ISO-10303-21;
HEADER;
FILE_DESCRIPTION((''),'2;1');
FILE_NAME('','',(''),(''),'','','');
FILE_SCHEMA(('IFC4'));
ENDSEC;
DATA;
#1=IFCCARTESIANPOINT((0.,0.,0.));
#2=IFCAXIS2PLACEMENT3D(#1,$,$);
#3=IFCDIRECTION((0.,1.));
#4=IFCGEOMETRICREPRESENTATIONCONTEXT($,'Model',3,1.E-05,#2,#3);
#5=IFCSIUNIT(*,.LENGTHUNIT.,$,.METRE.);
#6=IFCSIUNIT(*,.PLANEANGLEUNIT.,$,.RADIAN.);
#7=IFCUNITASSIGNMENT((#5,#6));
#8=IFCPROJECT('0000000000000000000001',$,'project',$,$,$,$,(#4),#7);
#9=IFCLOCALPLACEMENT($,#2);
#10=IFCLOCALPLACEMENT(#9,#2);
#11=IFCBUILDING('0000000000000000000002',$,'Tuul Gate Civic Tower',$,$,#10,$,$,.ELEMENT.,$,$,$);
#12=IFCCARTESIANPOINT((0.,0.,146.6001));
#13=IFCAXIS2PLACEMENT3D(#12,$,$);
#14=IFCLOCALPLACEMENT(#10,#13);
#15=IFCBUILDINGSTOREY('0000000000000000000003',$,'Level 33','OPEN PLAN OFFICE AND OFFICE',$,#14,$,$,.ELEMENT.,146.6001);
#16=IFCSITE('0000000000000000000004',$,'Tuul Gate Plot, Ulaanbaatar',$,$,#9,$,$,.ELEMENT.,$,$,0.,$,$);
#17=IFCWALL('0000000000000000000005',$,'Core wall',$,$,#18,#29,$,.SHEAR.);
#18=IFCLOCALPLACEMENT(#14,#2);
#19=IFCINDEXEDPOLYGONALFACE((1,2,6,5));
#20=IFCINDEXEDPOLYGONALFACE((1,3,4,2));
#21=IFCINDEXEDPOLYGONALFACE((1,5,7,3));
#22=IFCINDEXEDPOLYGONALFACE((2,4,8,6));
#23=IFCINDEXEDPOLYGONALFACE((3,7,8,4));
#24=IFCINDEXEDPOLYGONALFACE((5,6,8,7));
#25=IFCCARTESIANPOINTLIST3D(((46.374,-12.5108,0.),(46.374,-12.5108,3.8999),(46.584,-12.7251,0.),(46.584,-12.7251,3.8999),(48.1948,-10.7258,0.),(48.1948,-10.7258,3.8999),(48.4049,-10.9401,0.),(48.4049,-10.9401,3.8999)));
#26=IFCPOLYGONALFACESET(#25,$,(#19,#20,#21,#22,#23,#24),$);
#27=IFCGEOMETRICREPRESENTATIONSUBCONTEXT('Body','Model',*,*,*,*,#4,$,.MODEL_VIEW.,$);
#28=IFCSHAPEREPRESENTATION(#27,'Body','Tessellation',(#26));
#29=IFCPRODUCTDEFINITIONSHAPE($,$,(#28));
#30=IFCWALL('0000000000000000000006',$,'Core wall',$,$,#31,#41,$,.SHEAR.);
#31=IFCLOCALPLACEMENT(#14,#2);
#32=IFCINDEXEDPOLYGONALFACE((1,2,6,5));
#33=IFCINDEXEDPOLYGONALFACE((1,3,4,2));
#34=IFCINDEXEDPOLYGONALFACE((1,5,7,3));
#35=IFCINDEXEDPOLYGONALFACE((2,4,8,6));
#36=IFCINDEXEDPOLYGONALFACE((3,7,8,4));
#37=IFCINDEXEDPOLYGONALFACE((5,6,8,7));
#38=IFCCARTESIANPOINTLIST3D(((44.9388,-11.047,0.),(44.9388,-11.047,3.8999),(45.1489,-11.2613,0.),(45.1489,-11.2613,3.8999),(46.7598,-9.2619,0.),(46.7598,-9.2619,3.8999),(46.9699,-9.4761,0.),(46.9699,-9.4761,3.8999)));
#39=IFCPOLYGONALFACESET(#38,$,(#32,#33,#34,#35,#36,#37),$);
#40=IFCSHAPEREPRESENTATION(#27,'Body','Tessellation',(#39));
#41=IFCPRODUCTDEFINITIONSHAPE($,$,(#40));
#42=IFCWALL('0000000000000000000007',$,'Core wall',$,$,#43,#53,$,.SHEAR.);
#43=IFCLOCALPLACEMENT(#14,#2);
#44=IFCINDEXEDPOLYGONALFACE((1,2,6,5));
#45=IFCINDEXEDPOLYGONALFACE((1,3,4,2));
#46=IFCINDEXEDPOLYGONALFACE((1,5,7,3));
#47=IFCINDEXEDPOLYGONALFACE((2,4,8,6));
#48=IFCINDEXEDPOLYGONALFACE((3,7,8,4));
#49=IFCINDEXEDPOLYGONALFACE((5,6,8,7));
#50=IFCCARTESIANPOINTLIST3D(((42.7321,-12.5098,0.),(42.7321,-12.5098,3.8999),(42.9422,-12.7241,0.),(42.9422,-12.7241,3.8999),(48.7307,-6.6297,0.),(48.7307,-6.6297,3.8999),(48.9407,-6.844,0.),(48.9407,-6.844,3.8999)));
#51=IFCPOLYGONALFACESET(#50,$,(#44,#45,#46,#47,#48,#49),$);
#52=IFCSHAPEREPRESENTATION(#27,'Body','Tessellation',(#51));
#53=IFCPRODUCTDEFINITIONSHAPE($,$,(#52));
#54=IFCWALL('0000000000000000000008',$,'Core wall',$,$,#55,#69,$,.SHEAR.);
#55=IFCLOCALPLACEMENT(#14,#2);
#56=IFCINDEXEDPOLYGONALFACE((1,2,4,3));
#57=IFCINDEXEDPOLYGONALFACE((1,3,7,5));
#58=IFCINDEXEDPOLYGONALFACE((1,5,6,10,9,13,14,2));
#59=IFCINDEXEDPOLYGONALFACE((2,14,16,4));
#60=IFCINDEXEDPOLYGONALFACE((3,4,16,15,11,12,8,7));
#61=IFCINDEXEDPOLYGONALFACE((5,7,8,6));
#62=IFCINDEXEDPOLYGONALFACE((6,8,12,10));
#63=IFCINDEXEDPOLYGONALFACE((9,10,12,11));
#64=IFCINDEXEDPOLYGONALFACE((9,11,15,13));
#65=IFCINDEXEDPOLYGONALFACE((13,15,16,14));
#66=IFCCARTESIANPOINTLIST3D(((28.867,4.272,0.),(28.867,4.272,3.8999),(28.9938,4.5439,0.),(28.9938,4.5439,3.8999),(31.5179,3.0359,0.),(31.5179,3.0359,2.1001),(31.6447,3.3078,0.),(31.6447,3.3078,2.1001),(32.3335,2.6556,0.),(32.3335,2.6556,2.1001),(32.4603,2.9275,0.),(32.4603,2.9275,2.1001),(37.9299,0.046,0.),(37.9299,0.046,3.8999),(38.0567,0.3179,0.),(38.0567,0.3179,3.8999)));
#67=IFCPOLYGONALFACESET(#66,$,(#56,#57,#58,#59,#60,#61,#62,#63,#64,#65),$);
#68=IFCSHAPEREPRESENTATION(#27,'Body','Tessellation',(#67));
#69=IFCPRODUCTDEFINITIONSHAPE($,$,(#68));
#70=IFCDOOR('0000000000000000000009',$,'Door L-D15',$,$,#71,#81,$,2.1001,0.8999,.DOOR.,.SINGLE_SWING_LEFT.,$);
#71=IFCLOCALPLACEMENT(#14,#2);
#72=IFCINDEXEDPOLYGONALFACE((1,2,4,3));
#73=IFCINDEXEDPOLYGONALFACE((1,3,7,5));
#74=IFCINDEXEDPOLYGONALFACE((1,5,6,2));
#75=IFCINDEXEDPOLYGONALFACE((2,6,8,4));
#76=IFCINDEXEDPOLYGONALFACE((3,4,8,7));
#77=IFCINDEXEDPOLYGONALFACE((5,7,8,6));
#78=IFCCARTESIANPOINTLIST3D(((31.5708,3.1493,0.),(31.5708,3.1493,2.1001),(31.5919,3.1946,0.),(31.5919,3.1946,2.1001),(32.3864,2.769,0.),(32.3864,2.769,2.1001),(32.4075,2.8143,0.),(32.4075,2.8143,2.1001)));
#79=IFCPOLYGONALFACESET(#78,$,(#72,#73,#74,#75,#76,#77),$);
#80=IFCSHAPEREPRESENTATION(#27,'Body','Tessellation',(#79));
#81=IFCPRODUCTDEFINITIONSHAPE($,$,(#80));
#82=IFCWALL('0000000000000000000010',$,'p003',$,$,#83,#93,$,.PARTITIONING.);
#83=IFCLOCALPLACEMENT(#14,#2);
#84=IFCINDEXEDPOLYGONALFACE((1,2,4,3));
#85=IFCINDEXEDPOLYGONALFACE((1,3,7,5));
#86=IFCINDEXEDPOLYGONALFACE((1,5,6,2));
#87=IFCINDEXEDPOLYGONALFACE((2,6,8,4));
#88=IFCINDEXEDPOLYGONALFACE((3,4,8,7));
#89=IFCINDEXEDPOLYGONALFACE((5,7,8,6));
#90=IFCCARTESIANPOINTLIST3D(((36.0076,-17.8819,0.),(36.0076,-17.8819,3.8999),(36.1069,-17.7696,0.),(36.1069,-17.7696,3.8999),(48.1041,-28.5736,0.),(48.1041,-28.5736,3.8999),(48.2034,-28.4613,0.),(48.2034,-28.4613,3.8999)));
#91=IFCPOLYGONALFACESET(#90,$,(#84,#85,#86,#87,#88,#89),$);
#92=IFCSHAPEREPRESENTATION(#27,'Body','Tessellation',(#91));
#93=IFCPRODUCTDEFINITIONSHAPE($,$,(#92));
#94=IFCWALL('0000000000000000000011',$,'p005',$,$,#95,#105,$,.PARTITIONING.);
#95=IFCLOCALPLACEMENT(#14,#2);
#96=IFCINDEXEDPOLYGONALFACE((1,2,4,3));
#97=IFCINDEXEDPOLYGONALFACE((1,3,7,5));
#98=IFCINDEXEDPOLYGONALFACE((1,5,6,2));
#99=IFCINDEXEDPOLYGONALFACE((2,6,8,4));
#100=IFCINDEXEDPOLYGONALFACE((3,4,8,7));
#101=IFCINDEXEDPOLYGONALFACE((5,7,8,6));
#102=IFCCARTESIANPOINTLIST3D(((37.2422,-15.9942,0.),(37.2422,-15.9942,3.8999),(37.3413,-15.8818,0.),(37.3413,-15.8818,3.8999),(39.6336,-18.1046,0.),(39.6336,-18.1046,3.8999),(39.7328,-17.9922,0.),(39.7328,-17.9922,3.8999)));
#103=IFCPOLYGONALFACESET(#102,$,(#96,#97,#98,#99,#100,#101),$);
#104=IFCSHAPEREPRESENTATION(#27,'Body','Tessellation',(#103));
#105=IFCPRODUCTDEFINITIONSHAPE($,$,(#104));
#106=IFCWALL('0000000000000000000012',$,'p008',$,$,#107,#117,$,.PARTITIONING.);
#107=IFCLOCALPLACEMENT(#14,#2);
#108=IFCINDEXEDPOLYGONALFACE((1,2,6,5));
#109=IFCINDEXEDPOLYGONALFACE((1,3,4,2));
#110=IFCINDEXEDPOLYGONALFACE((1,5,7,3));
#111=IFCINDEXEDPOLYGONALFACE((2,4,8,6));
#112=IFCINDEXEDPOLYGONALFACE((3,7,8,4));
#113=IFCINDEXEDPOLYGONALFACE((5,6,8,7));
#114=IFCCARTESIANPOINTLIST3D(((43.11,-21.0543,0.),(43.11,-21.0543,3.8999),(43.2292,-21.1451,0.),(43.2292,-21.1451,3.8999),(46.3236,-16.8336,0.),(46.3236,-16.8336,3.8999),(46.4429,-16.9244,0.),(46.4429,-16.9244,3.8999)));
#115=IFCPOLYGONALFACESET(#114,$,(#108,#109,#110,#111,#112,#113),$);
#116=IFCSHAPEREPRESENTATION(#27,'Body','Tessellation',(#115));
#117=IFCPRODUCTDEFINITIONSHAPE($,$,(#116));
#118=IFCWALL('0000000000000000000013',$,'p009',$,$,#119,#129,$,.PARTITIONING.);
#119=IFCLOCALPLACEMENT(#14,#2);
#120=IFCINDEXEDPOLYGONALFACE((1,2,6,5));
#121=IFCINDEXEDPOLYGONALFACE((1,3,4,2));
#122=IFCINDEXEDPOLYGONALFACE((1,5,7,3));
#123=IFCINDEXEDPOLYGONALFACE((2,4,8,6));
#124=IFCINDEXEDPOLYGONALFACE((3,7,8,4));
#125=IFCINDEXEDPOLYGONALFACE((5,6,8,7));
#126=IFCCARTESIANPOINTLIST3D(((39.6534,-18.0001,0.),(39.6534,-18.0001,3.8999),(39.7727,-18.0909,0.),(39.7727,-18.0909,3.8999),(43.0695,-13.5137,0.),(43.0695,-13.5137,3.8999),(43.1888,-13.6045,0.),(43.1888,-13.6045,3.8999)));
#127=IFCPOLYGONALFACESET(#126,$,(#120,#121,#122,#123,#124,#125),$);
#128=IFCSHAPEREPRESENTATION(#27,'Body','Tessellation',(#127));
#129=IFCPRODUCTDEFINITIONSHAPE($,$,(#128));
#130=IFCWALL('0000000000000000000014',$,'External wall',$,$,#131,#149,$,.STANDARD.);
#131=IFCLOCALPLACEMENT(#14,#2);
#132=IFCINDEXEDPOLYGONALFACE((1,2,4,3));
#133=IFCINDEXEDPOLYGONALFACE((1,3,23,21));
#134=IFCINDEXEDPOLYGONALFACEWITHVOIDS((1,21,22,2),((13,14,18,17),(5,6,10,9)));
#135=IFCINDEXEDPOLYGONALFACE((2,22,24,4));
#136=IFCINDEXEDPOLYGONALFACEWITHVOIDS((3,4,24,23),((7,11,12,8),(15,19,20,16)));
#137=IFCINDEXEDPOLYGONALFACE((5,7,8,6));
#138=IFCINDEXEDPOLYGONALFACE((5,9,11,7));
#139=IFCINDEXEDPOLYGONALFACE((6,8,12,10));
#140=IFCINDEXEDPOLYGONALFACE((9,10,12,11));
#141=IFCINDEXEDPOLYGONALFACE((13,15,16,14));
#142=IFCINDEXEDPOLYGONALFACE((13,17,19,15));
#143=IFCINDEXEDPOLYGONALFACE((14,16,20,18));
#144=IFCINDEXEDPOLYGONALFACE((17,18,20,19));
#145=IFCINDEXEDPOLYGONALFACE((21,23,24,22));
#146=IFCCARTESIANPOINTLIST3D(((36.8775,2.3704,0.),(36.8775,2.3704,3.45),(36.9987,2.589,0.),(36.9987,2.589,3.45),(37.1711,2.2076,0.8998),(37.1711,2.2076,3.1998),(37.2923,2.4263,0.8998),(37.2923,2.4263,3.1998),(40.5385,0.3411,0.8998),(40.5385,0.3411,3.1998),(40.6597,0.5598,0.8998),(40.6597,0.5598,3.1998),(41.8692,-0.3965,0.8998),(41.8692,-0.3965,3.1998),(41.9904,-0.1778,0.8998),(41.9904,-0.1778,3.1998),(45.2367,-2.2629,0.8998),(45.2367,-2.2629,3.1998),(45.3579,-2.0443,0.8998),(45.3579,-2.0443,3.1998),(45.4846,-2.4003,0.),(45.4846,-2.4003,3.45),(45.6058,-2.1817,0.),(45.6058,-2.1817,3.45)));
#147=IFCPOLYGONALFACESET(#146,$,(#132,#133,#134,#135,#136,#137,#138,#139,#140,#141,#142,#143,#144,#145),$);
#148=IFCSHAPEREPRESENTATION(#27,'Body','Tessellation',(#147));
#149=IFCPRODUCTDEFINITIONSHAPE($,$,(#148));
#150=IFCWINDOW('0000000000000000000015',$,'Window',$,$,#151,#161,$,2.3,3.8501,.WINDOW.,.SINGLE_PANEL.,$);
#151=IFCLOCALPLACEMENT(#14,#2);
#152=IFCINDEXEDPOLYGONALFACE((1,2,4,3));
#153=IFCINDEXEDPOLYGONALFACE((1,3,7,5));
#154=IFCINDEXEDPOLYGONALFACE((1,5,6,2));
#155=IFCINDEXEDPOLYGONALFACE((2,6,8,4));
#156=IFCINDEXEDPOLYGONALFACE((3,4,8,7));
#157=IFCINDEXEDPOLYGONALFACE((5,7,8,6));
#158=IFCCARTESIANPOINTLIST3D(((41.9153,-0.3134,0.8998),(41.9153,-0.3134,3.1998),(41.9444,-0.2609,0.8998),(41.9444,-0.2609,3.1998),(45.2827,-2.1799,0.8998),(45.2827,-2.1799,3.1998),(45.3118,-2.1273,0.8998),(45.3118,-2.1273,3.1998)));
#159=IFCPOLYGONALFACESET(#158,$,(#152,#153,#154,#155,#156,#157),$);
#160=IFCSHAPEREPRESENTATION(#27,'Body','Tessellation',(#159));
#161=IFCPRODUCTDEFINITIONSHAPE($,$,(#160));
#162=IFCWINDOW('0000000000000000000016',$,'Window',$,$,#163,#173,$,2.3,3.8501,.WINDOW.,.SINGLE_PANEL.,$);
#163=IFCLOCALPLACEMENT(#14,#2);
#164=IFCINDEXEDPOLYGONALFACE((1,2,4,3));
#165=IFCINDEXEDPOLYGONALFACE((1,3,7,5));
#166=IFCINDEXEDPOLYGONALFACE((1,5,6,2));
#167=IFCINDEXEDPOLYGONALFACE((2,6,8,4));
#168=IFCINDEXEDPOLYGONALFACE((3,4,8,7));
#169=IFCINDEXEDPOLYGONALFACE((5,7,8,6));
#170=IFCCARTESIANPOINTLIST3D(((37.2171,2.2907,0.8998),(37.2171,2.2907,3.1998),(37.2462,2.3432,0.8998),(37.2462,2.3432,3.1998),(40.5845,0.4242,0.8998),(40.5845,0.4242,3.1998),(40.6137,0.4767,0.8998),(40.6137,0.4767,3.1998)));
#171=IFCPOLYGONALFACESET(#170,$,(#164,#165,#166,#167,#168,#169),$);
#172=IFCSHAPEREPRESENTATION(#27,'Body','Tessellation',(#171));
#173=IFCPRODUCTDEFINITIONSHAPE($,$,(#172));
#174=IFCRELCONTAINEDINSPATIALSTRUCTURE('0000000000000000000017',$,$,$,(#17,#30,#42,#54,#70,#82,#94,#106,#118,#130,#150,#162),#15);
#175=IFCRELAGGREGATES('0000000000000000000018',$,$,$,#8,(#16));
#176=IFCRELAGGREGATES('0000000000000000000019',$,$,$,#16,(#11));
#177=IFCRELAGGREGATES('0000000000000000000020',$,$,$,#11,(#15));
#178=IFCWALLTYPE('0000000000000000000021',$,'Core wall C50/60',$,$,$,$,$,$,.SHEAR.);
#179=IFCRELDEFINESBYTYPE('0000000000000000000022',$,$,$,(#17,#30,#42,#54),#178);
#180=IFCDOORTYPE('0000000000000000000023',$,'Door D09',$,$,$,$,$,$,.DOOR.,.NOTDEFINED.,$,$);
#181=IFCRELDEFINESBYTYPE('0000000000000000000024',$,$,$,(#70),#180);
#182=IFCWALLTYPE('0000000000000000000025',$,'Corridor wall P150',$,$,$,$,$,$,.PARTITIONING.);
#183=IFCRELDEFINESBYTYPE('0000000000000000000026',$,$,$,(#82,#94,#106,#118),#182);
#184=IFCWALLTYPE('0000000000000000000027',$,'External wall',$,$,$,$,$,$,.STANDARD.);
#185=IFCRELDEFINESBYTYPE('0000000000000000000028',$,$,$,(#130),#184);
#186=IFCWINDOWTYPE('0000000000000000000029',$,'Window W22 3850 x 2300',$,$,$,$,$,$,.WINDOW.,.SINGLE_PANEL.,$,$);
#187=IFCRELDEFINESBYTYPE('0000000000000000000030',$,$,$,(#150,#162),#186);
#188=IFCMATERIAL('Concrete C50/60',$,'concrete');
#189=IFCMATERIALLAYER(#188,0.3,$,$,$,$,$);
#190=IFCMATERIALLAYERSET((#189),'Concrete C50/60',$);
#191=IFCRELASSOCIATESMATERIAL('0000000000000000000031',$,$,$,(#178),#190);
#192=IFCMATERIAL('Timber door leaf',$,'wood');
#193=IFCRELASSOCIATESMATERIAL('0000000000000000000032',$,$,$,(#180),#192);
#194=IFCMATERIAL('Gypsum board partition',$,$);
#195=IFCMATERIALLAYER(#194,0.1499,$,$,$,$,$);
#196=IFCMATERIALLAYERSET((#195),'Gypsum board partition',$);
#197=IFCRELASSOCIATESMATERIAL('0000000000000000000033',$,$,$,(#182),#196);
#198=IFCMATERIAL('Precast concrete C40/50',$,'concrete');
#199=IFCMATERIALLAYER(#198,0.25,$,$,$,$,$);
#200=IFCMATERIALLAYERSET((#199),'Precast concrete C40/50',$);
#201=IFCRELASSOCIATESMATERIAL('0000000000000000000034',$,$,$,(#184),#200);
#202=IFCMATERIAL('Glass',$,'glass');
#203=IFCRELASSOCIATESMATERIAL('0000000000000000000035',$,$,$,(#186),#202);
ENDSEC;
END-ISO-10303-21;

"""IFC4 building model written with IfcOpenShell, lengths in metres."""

from ifc_helpers import new_model, si_unit, direction, frame, frame_2d, origin, place, context, subcontext, project, spatial, rectangle, extrude, material, layer, layer_set, type_object, element, fill, save


model = new_model("IFC4")

# Units and contexts
model_context = context("Model", 3, precision=1e-05, world=origin(), true_north=direction((0.0, 1.0)))
body_context = subcontext(model_context, "Body", "Model", "MODEL_VIEW")
ifc_project = project(units=[si_unit("LENGTHUNIT", "METRE"), si_unit("PLANEANGLEUNIT", "RADIAN")], contexts=[model_context])

# Site, building, storey
site_placement = place(None, origin())
site = spatial("IfcSite", under=ifc_project, at=site_placement, Name="Tuul Gate Plot, Ulaanbaatar", CompositionType="ELEMENT", RefElevation=0.0)
building_placement = place(site_placement, origin())
building = spatial("IfcBuilding", under=site, at=building_placement, Name="Tuul Gate Civic Tower", CompositionType="ELEMENT")
storey_placement = place(building_placement, frame((0.0, 0.0, 146.6001)))
storey = spatial("IfcBuildingStorey", under=building, at=storey_placement, Name="Level 33", Description="OPEN PLAN OFFICE AND OFFICE", CompositionType="ELEMENT", Elevation=146.6001)

# Shared definitions
ifc_material_1 = material(Name="Concrete C50/60", Category="concrete")
ifc_layer_1 = layer(ifc_material_1, 0.3)
ifc_layer_set_1 = layer_set([ifc_layer_1], Name="Concrete C50/60")
wall_type_1 = type_object("IfcWallType", Name="Core wall C50/60", PredefinedType="SHEAR", material=ifc_layer_set_1)

# Walls
wall_1_placement = place(storey_placement, frame((46.479, -12.6179, 0.0), z_axis=(0.0, 0.0, 1.0), x_axis=(0.714109, 0.700034, 0.0)))
element("IfcWall", 1, at=wall_1_placement, inside=storey, type_object=wall_type_1, Name="Core wall", PredefinedType="SHEAR", context=body_context, shape_type="SweptSolid", body=[
    extrude(rectangle(XDim=2.5498, YDim=0.3, at=frame_2d((1.2749, 0.0))), origin(), (0.0, 0.0, 1.0), 3.8999),
])
wall_2_placement = place(storey_placement, frame((45.0439, -11.1541, 0.0), z_axis=(0.0, 0.0, 1.0), x_axis=(0.714108, 0.700035, 0.0)))
element("IfcWall", 2, at=wall_2_placement, inside=storey, type_object=wall_type_1, Name="Core wall", PredefinedType="SHEAR", context=body_context, shape_type="SweptSolid", body=[
    extrude(rectangle(XDim=2.55, YDim=0.3, at=frame_2d((1.2749, 0.0))), origin(), (0.0, 0.0, 1.0), 3.8999),
])
wall_3_placement = place(storey_placement, frame((42.8372, -12.6169, 0.0), z_axis=(0.0, 0.0, 1.0), x_axis=(0.71412, 0.700023, 0.0)))
element("IfcWall", 3, at=wall_3_placement, inside=storey, type_object=wall_type_1, Name="Core wall", PredefinedType="SHEAR", context=body_context, shape_type="SweptSolid", body=[
    extrude(rectangle(XDim=8.3999, YDim=0.3, at=frame_2d((4.2, 0.0))), origin(), (0.0, 0.0, 1.0), 3.8999),
])

# Wall, opening, door
wall_4_placement = place(storey_placement, frame((37.9934, 0.1819, 0.0), z_axis=(0.0, 0.0, 1.0), x_axis=(-0.90631, 0.422613, 0.0)))
wall_4 = element("IfcWall", 4, at=wall_4_placement, inside=storey, type_object=wall_type_1, Name="Core wall", PredefinedType="SHEAR", context=body_context, shape_type="SweptSolid", body=[
    extrude(rectangle(XDim=9.9998, YDim=0.3, at=frame_2d((5.0, 0.0))), origin(), (0.0, 0.0, 1.0), 3.8999),
])
opening_1_placement = place(wall_4_placement, frame((6.175, 0.0, 0.0)))
opening_1 = element("IfcOpeningElement", 5, at=opening_1_placement, cuts=wall_4, PredefinedType="OPENING", context=body_context, shape_type="SweptSolid", body=[
    extrude(rectangle(XDim=0.8999, YDim=2.1001, at=frame_2d((0.45, 1.05))), frame((0.0, 0.1602, 0.0), z_axis=(0.0, -1.0, 0.0), x_axis=(1.0, 0.0, 0.0)), (0.0, 0.0, 1.0), 0.3201),
])
ifc_material_2 = material(Name="Timber door leaf", Category="wood")
door_type_1 = type_object("IfcDoorType", Name="Door D09", OperationType="NOTDEFINED", PredefinedType="DOOR", material=ifc_material_2)
door_1_placement = place(opening_1_placement, origin())
door_1 = element("IfcDoor", 6, at=door_1_placement, inside=storey, type_object=door_type_1, Name="Door L-D15", OperationType="SINGLE_SWING_LEFT", OverallHeight=2.1001, OverallWidth=0.8999, PredefinedType="DOOR", context=body_context, shape_type="SweptSolid", body=[
    extrude(rectangle(XDim=0.8999, YDim=2.1001, at=frame_2d((0.45, 1.05))), frame((0.0, 0.0249, 0.0), z_axis=(0.0, -1.0, 0.0), x_axis=(1.0, 0.0, 0.0)), (0.0, 0.0, 1.0), 0.05),
])
fill(opening_1, door_1)

# Walls
ifc_material_3 = material(Name="Gypsum board partition")
ifc_layer_2 = layer(ifc_material_3, 0.1499)
ifc_layer_set_2 = layer_set([ifc_layer_2], Name="Gypsum board partition")
wall_type_2 = type_object("IfcWallType", Name="Corridor wall P150", PredefinedType="PARTITIONING", material=ifc_layer_set_2)
wall_5_placement = place(storey_placement, frame((36.0571, -17.8257, 0.0), z_axis=(0.0, 0.0, 1.0), x_axis=(0.749274, -0.66226, 0.0)))
element("IfcWall", 7, at=wall_5_placement, inside=storey, type_object=wall_type_2, Name="p003", PredefinedType="PARTITIONING", context=body_context, shape_type="SweptSolid", body=[
    extrude(rectangle(XDim=16.1443, YDim=0.1499, at=frame_2d((8.0723, 0.0))), origin(), (0.0, 0.0, 1.0), 3.8999),
])
wall_6_placement = place(storey_placement, frame((37.2917, -15.938, 0.0), z_axis=(0.0, 0.0, 1.0), x_axis=(0.749786, -0.66168, 0.0)))
element("IfcWall", 8, at=wall_6_placement, inside=storey, type_object=wall_type_2, Name="p005", PredefinedType="PARTITIONING", context=body_context, shape_type="SweptSolid", body=[
    extrude(rectangle(XDim=3.1895, YDim=0.1499, at=frame_2d((1.5947, 0.0))), origin(), (0.0, 0.0, 1.0), 3.8999),
])
wall_7_placement = place(storey_placement, frame((43.1697, -21.0996, 0.0), z_axis=(0.0, 0.0, 1.0), x_axis=(0.605787, 0.795627, 0.0)))
element("IfcWall", 9, at=wall_7_placement, inside=storey, type_object=wall_type_2, Name="p008", PredefinedType="PARTITIONING", context=body_context, shape_type="SweptSolid", body=[
    extrude(rectangle(XDim=5.3049, YDim=0.1499, at=frame_2d((2.6523, 0.0))), origin(), (0.0, 0.0, 1.0), 3.8999),
])
wall_8_placement = place(storey_placement, frame((39.7131, -18.0454, 0.0), z_axis=(0.0, 0.0, 1.0), x_axis=(0.605803, 0.795615, 0.0)))
element("IfcWall", 10, at=wall_8_placement, inside=storey, type_object=wall_type_2, Name="p009", PredefinedType="PARTITIONING", context=body_context, shape_type="SweptSolid", body=[
    extrude(rectangle(XDim=5.6389, YDim=0.1499, at=frame_2d((2.8193, 0.0))), origin(), (0.0, 0.0, 1.0), 3.8999),
])

# Wall, openings, windows
ifc_material_4 = material(Name="Precast concrete C40/50", Category="concrete")
ifc_layer_3 = layer(ifc_material_4, 0.25)
ifc_layer_set_3 = layer_set([ifc_layer_3], Name="Precast concrete C40/50")
wall_type_3 = type_object("IfcWallType", Name="External wall", PredefinedType="STANDARD", material=ifc_layer_set_3)
wall_9_placement = place(storey_placement, frame((45.5452, -2.291, 0.0), z_axis=(0.0, 0.0, 1.0), x_axis=(-0.874632, 0.484787, 0.0)))
wall_9 = element("IfcWall", 11, at=wall_9_placement, inside=storey, type_object=wall_type_3, Name="External wall", PredefinedType="STANDARD", context=body_context, shape_type="SweptSolid", body=[
    extrude(rectangle(XDim=9.8408, YDim=0.25, at=frame_2d((4.9204, 0.0))), origin(), (0.0, 0.0, 1.0), 3.45),
])
opening_2_placement = place(wall_9_placement, frame((0.2834, 0.0, 0.8999)))
opening_2 = element("IfcOpeningElement", 12, at=opening_2_placement, cuts=wall_9, PredefinedType="OPENING", context=body_context, shape_type="SweptSolid", body=[
    extrude(rectangle(XDim=3.8501, YDim=2.3, at=frame_2d((1.925, 1.1499))), frame((0.0, 0.135, 0.0), z_axis=(0.0, -1.0, 0.0), x_axis=(1.0, 0.0, 0.0)), (0.0, 0.0, 1.0), 0.27),
])
opening_3_placement = place(wall_9_placement, frame((5.655, 0.0, 0.8999)))
opening_3 = element("IfcOpeningElement", 13, at=opening_3_placement, cuts=wall_9, PredefinedType="OPENING", context=body_context, shape_type="SweptSolid", body=[
    extrude(rectangle(XDim=3.8501, YDim=2.3, at=frame_2d((1.925, 1.1499))), frame((0.0, 0.135, 0.0), z_axis=(0.0, -1.0, 0.0), x_axis=(1.0, 0.0, 0.0)), (0.0, 0.0, 1.0), 0.27),
])
ifc_material_5 = material(Name="Glass", Category="glass")
window_type = type_object("IfcWindowType", Name="Window W22 3850 x 2300", PartitioningType="SINGLE_PANEL", PredefinedType="WINDOW", material=ifc_material_5)
window_1_placement = place(opening_2_placement, origin())
window_1 = element("IfcWindow", 14, at=window_1_placement, inside=storey, type_object=window_type, Name="Window", OverallHeight=2.3, OverallWidth=3.8501, PartitioningType="SINGLE_PANEL", PredefinedType="WINDOW", context=body_context, shape_type="SweptSolid", body=[
    extrude(rectangle(XDim=3.8501, YDim=2.3, at=frame_2d((1.925, 1.1499))), frame((0.0, 0.03, 0.0), z_axis=(0.0, -1.0, 0.0), x_axis=(1.0, 0.0, 0.0)), (0.0, 0.0, 1.0), 0.0601),
])
fill(opening_2, window_1)
window_2_placement = place(opening_3_placement, origin())
window_2 = element("IfcWindow", 15, at=window_2_placement, inside=storey, type_object=window_type, Name="Window", OverallHeight=2.3, OverallWidth=3.8501, PartitioningType="SINGLE_PANEL", PredefinedType="WINDOW", context=body_context, shape_type="SweptSolid", body=[
    extrude(rectangle(XDim=3.8501, YDim=2.3, at=frame_2d((1.925, 1.1499))), frame((0.0, 0.03, 0.0), z_axis=(0.0, -1.0, 0.0), x_axis=(1.0, 0.0, 0.0)), (0.0, 0.0, 1.0), 0.0601),
])
fill(opening_3, window_2)

save(model, "model.ifc")
